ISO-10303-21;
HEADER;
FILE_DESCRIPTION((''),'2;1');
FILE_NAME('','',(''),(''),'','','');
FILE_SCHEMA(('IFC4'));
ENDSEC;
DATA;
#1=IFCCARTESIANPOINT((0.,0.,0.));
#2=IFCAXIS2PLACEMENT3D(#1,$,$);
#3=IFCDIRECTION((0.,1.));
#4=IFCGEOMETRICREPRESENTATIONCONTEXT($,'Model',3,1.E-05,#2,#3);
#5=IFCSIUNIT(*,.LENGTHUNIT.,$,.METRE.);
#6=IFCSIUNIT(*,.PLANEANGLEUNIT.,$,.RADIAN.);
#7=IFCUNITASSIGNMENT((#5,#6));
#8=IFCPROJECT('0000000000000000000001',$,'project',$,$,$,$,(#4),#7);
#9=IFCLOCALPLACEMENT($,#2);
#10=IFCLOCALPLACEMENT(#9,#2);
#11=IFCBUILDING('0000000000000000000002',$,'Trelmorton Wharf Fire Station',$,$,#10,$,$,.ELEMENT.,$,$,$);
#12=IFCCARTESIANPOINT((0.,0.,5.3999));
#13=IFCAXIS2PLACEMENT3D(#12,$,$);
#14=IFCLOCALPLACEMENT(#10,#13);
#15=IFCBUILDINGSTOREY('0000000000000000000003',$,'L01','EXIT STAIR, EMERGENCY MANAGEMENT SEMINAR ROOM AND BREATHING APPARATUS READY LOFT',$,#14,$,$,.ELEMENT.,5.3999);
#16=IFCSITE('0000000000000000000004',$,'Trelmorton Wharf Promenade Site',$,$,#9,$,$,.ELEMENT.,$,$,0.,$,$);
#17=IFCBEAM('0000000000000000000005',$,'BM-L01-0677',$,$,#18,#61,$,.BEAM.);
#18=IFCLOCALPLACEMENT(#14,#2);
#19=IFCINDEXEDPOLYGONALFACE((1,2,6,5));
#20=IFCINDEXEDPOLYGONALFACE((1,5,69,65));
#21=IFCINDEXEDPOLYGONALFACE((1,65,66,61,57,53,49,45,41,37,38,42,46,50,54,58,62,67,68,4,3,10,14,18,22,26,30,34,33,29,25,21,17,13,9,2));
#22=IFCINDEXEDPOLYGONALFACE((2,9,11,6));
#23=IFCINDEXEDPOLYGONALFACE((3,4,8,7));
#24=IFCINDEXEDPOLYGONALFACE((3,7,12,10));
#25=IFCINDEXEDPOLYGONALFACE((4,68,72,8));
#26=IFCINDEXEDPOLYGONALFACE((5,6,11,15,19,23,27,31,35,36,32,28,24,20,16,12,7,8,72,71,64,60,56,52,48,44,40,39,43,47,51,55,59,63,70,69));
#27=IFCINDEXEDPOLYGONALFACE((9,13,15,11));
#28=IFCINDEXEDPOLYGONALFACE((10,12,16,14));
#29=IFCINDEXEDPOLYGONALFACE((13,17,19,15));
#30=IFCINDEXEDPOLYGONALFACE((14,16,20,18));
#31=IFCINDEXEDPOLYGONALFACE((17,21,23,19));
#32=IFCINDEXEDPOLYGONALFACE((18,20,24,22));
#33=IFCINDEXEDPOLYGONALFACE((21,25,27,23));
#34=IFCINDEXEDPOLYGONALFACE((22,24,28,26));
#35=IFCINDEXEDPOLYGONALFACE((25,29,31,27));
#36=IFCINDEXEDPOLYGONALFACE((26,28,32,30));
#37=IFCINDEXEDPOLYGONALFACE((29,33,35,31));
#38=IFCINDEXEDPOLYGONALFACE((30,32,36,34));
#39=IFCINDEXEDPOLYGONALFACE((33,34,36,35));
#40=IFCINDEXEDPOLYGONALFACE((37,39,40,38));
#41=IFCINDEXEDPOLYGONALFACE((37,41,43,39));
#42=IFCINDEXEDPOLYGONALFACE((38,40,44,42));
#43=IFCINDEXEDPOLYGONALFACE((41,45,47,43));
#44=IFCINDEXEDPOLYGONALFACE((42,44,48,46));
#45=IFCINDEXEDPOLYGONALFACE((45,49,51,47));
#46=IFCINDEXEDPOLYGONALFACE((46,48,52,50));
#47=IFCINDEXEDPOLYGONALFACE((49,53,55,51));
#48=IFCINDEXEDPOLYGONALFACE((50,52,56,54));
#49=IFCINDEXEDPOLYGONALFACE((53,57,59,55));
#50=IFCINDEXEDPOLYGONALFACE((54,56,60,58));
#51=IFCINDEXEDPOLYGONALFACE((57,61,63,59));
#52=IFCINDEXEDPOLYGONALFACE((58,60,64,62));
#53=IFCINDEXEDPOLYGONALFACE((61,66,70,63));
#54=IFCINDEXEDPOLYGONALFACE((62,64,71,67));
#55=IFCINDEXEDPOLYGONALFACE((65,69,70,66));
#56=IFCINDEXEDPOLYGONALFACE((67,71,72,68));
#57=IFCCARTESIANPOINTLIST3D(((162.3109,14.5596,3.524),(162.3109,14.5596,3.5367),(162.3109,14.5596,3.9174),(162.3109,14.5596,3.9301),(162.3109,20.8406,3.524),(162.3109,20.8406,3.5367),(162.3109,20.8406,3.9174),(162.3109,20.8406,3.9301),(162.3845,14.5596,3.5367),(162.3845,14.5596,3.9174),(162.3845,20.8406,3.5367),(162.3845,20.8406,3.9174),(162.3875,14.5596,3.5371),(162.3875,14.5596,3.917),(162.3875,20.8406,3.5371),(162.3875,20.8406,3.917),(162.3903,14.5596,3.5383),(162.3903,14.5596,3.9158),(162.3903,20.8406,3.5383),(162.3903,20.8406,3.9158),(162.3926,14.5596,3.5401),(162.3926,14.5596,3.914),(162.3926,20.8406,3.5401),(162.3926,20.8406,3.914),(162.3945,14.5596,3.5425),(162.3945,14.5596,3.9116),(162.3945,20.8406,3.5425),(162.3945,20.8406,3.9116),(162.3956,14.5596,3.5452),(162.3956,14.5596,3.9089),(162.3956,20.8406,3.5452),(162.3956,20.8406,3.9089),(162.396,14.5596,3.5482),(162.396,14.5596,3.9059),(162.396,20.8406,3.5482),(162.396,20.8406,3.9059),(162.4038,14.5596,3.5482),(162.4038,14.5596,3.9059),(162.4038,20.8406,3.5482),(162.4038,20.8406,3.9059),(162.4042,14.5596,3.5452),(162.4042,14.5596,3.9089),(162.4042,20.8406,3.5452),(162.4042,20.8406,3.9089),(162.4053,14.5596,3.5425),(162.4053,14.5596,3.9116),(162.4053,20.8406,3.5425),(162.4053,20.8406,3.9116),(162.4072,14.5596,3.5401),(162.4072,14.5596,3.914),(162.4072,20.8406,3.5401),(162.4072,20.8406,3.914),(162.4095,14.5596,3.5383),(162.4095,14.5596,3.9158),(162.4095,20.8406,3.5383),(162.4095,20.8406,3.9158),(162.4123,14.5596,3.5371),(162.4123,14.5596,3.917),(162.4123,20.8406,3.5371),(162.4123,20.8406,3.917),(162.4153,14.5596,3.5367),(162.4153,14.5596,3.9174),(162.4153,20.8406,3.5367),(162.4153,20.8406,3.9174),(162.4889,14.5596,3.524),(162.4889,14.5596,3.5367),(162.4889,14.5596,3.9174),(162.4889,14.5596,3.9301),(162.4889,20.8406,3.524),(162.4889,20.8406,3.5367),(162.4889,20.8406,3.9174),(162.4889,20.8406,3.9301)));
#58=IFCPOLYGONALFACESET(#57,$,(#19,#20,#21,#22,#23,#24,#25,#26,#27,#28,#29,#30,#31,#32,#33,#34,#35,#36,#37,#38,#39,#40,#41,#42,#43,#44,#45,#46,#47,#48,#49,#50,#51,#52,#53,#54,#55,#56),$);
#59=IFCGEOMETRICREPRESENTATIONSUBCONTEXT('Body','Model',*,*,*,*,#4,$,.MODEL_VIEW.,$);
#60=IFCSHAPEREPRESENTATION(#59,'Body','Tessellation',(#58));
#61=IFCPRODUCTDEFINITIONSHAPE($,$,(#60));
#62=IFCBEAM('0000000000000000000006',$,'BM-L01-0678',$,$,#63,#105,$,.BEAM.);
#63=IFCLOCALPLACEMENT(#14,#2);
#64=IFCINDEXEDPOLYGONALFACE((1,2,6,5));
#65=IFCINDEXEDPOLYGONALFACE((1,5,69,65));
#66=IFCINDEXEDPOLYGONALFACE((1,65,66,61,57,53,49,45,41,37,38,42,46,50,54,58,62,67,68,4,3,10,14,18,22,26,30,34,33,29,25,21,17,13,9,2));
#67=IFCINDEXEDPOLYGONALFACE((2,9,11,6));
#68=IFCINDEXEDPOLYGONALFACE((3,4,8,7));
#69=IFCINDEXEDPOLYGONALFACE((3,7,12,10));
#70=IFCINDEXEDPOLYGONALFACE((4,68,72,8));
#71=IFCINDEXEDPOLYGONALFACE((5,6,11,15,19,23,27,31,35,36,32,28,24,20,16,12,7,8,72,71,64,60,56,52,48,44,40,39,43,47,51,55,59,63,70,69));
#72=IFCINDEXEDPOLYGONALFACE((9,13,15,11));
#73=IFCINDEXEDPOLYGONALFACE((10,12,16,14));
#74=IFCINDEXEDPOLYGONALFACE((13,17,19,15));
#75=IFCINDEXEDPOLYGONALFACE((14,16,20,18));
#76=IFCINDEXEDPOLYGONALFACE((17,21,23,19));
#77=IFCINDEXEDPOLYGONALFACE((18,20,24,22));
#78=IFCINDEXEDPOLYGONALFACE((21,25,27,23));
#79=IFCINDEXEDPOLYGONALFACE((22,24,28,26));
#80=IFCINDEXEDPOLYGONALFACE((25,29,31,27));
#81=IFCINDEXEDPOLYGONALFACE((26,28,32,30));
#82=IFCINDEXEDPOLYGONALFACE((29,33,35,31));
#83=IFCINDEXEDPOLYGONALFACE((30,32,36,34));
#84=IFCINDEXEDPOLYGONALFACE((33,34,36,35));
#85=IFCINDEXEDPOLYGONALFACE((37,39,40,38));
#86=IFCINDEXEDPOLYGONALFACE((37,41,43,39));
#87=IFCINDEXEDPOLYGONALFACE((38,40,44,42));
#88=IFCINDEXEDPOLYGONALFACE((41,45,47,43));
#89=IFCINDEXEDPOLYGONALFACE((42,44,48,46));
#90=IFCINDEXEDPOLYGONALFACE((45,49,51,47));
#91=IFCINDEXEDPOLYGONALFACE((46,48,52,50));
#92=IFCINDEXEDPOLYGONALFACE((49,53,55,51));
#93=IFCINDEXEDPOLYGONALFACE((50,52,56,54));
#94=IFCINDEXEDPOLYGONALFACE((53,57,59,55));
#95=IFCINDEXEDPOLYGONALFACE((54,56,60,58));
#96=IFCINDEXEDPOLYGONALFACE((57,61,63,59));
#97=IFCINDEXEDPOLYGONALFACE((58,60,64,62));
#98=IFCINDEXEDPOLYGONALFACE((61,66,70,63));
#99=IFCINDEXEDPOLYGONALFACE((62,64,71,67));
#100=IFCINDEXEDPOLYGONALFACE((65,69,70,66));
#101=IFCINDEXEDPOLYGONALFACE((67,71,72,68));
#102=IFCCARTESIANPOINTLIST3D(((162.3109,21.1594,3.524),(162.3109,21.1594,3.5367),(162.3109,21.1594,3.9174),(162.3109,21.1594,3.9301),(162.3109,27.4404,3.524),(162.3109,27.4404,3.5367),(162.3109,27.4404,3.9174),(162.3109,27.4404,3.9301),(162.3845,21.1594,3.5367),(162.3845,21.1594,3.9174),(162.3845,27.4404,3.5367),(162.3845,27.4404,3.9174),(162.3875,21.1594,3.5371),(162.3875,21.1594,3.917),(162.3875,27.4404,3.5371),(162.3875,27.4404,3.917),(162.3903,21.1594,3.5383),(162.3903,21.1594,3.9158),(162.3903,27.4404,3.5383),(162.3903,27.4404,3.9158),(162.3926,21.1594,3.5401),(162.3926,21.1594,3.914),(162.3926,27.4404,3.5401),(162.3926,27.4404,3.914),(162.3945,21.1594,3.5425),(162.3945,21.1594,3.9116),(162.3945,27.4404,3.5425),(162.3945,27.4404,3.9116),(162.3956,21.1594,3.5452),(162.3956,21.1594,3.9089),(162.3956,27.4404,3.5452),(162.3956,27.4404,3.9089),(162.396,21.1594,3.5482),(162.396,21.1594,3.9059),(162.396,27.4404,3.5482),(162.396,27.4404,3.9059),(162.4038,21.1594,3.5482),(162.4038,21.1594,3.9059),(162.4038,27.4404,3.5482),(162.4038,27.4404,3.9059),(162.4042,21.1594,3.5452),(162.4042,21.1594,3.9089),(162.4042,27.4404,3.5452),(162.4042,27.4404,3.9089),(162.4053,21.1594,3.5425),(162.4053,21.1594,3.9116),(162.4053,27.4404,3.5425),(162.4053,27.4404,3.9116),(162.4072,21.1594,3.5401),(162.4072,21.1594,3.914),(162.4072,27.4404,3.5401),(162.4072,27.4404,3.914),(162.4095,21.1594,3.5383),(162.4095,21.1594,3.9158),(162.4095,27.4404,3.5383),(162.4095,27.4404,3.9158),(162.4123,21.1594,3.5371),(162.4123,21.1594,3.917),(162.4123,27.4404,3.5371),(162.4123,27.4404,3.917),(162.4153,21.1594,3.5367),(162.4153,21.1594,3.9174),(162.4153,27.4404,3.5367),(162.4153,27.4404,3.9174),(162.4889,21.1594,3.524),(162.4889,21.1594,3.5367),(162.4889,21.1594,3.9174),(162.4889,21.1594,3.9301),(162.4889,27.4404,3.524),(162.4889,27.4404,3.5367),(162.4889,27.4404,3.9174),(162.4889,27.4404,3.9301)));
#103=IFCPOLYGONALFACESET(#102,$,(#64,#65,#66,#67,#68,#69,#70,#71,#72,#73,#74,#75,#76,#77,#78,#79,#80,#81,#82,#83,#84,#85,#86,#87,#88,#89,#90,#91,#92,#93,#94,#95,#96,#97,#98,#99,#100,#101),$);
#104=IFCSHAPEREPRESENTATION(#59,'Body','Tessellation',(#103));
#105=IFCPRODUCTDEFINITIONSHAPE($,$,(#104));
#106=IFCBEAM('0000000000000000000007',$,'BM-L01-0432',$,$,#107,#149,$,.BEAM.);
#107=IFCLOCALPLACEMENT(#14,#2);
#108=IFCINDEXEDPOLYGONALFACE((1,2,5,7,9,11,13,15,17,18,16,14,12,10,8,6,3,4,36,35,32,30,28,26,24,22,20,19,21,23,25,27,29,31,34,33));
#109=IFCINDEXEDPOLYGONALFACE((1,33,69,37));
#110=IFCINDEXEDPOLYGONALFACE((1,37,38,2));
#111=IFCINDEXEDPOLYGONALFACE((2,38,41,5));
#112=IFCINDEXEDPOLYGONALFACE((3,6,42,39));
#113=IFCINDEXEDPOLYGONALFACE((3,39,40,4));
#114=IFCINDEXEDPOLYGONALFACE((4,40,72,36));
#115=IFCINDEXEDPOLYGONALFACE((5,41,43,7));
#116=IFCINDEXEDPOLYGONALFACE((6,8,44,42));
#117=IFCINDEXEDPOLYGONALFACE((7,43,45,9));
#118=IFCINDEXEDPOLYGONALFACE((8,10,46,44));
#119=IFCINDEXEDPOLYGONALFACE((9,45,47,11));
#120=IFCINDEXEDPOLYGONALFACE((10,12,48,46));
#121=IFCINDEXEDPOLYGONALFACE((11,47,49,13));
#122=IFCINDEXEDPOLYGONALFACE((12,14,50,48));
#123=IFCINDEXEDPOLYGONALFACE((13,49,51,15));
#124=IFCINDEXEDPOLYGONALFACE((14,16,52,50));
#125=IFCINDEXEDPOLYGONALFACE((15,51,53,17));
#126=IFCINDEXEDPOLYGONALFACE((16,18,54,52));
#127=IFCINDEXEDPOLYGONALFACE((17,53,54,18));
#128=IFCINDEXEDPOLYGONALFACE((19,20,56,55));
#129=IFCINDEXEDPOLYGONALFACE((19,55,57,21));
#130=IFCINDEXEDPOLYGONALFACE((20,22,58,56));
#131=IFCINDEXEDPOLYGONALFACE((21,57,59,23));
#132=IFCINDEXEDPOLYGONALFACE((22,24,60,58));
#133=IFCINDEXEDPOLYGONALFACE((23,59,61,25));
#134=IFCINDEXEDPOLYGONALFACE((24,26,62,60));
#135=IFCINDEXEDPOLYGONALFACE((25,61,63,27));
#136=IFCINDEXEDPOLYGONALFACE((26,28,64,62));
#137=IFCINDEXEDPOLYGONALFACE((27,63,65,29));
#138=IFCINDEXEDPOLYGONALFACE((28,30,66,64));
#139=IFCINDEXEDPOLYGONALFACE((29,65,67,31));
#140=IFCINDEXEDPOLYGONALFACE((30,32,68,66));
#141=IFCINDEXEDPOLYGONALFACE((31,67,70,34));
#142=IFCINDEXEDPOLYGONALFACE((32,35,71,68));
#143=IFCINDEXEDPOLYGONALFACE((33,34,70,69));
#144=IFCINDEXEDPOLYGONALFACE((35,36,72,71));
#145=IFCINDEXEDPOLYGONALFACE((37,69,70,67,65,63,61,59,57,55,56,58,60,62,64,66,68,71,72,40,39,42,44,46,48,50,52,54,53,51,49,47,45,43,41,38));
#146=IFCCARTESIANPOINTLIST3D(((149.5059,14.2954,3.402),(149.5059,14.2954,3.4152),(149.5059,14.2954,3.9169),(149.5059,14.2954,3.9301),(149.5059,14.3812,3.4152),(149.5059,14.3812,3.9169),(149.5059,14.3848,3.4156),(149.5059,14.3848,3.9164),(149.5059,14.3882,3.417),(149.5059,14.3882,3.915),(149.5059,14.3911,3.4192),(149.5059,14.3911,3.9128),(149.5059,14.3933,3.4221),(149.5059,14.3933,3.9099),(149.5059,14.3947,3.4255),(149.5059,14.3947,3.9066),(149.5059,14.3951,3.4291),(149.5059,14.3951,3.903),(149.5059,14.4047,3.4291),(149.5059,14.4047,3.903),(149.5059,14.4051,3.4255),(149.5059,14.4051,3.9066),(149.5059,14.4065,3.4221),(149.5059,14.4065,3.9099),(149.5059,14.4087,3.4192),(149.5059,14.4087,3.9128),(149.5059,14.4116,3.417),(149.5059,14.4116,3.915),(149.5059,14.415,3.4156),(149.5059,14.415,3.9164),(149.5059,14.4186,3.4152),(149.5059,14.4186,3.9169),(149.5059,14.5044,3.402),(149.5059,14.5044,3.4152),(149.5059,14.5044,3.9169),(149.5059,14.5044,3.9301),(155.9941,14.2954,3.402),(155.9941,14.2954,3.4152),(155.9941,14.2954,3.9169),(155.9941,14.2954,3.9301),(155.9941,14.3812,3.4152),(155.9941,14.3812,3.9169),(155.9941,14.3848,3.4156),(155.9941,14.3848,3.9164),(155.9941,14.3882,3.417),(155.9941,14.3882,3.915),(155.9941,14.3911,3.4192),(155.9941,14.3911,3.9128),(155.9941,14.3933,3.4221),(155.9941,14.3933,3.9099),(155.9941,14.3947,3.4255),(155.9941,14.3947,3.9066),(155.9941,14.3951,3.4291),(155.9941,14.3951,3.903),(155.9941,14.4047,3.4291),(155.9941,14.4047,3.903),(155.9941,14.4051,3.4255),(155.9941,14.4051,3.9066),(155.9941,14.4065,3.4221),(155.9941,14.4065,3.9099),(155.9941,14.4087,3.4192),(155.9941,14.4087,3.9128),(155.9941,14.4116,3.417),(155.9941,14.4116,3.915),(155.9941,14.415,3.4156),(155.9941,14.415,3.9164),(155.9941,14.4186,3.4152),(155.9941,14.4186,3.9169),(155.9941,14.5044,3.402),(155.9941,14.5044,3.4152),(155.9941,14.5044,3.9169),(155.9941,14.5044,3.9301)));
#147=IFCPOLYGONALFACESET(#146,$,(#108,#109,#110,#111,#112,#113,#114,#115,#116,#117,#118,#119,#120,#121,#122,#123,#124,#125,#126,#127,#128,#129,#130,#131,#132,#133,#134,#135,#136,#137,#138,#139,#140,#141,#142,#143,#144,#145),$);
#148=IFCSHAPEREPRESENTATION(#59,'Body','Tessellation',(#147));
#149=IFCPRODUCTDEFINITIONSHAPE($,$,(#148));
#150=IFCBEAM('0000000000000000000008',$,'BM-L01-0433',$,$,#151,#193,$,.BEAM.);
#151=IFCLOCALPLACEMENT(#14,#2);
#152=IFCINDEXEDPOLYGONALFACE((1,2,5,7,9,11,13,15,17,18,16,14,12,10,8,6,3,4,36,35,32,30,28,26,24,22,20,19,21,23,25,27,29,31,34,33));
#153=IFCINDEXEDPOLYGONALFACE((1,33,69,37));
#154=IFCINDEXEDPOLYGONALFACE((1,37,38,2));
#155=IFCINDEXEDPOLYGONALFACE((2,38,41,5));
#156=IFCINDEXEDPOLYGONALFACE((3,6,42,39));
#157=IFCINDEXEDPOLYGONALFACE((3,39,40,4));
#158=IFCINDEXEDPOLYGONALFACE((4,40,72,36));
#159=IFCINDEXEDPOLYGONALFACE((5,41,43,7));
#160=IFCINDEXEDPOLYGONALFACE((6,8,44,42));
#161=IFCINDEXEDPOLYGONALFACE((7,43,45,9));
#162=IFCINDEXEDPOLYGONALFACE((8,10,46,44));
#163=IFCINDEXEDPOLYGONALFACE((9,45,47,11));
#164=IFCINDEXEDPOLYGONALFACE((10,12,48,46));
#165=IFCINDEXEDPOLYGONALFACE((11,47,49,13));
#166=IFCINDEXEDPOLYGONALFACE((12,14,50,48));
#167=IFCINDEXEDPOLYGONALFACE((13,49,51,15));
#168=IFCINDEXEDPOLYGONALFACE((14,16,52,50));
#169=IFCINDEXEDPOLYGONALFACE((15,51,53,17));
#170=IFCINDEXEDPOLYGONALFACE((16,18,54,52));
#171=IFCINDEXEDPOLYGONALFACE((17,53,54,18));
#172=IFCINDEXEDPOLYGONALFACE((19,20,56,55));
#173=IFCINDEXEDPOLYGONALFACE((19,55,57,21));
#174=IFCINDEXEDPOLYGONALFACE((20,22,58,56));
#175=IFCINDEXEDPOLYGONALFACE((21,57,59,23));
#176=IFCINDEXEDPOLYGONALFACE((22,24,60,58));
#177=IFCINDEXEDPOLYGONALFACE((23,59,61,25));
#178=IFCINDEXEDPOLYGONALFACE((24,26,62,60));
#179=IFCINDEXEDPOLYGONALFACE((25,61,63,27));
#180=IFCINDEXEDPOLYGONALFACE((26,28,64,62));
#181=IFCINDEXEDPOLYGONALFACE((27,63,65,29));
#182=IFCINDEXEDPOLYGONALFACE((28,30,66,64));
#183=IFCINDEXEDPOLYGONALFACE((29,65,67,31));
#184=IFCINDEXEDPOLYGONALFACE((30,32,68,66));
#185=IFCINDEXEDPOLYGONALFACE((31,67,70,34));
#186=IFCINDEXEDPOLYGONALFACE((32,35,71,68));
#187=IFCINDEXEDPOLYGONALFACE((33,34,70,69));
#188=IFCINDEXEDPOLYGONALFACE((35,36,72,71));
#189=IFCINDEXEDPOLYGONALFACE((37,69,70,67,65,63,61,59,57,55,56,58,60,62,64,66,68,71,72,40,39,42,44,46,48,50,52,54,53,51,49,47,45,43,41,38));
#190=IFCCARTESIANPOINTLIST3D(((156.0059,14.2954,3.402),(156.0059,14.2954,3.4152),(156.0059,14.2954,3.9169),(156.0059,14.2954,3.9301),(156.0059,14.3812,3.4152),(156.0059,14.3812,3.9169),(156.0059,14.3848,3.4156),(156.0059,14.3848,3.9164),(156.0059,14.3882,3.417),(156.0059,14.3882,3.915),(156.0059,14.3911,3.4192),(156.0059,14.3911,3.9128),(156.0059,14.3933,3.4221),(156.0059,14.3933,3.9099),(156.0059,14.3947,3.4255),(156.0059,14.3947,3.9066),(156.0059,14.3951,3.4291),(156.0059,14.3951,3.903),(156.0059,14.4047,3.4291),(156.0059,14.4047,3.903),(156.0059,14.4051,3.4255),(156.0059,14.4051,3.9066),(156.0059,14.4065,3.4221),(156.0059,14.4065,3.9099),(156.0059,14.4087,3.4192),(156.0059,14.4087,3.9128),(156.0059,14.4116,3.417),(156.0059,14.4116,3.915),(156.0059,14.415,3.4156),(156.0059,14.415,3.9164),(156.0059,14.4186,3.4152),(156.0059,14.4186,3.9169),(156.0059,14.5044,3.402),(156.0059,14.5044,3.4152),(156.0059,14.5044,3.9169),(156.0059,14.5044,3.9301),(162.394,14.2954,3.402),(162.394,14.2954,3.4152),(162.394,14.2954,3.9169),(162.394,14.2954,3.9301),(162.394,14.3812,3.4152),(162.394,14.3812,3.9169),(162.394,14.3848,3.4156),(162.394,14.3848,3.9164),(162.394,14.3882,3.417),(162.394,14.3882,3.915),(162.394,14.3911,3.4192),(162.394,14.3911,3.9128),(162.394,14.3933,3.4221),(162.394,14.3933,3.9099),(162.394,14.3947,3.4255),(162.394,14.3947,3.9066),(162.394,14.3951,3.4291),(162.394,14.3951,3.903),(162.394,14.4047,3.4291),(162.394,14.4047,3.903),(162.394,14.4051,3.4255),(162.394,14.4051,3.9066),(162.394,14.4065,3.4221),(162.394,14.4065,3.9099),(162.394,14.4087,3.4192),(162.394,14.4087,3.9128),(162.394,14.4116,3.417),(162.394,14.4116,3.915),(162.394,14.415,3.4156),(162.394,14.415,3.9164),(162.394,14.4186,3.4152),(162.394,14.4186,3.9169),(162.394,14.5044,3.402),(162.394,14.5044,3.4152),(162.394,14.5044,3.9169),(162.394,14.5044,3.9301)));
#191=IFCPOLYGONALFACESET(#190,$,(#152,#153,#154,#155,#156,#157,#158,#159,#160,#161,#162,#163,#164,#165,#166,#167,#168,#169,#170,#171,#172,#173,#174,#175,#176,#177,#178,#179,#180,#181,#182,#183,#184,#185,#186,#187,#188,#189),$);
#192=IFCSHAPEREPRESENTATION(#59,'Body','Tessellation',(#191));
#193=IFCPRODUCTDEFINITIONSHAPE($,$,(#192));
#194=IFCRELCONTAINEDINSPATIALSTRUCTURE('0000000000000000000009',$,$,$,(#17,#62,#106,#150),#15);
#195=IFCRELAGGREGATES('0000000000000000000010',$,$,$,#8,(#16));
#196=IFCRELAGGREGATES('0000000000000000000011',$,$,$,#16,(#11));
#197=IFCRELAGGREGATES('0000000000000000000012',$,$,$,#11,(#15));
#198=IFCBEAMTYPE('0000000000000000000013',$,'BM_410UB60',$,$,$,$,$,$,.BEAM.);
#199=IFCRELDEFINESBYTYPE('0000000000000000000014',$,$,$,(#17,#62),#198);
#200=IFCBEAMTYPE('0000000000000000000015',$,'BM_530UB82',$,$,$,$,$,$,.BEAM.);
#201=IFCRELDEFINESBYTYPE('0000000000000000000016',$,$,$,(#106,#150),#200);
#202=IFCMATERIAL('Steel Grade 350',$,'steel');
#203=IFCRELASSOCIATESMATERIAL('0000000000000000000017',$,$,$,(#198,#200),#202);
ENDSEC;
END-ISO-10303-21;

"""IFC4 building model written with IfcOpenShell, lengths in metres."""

from ifc_helpers import new_model, si_unit, direction, frame, origin, origin_2d, place, context, subcontext, project, spatial, i_section, extrude, material, material_profile, profile_set, type_object, element, save


model = new_model("IFC4")

# Units and contexts
model_context = context("Model", 3, precision=1e-05, world=origin(), true_north=direction((0.0, 1.0)))
body_context = subcontext(model_context, "Body", "Model", "MODEL_VIEW")
ifc_project = project(units=[si_unit("LENGTHUNIT", "METRE"), si_unit("PLANEANGLEUNIT", "RADIAN")], contexts=[model_context])

# Site, building, storey
site_placement = place(None, origin())
site = spatial("IfcSite", under=ifc_project, at=site_placement, Name="Trelmorton Wharf Promenade Site", CompositionType="ELEMENT", RefElevation=0.0)
building_placement = place(site_placement, origin())
building = spatial("IfcBuilding", under=site, at=building_placement, Name="Trelmorton Wharf Fire Station", CompositionType="ELEMENT")
storey_placement = place(building_placement, frame((0.0, 0.0, 5.3999)))
storey = spatial("IfcBuildingStorey", under=building, at=storey_placement, Name="L01", Description="EXIT STAIR, EMERGENCY MANAGEMENT SEMINAR ROOM AND BREATHING APPARATUS READY LOFT", CompositionType="ELEMENT", Elevation=5.3999)

# Shared definitions
ifc_material_1 = material(Name="Steel Grade 350", Category="steel")

# Beams
ifc_material_profile_1 = material_profile(ifc_material_1, i_section(OverallWidth=0.178, OverallDepth=0.406, WebThickness=0.0078, FlangeThickness=0.0127, FilletRadius=0.0115, at=origin_2d()), Name="410UB59.7")
ifc_profile_set_1 = profile_set([ifc_material_profile_1], Name="Steel Grade 350")
beam_type_1 = type_object("IfcBeamType", Name="BM_410UB60", PredefinedType="BEAM", material=ifc_profile_set_1)
for number, where, z_axis, x_axis, name in (
    (1, (162.3999, 14.5596, 3.7271), (0.0, 1.0, 0.0), (-1.0, 0.0, 0.0), "BM-L01-0677"),
    (2, (162.3999, 21.1594, 3.7271), (0.0, 1.0, 0.0), (-1.0, 0.0, 0.0), "BM-L01-0678"),
):
    element("IfcBeam", number, at=place(storey_placement, frame(where, z_axis=z_axis, x_axis=x_axis)), inside=storey, type_object=beam_type_1, Name=name, PredefinedType="BEAM", context=body_context, shape_type="SweptSolid", body=[
        extrude(i_section(OverallWidth=0.178, OverallDepth=0.406, WebThickness=0.0078, FlangeThickness=0.0127, FilletRadius=0.0115, at=origin_2d()), origin(), (0.0, 0.0, 1.0), 6.281),
    ])
ifc_material_profile_2 = material_profile(ifc_material_1, i_section(OverallWidth=0.209, OverallDepth=0.5281, WebThickness=0.0095, FlangeThickness=0.0132, FilletRadius=0.0139, at=origin_2d()), Name="530UB82.0")
ifc_profile_set_2 = profile_set([ifc_material_profile_2], Name="Steel Grade 350")
beam_type_2 = type_object("IfcBeamType", Name="BM_530UB82", PredefinedType="BEAM", material=ifc_profile_set_2)
beam_1_placement = place(storey_placement, frame((149.5059, 14.3999, 3.666), z_axis=(1.0, 0.0, 0.0), x_axis=(0.0, 1.0, 0.0)))
element("IfcBeam", 3, at=beam_1_placement, inside=storey, type_object=beam_type_2, Name="BM-L01-0432", PredefinedType="BEAM", context=body_context, shape_type="SweptSolid", body=[
    extrude(i_section(OverallWidth=0.209, OverallDepth=0.5281, WebThickness=0.0095, FlangeThickness=0.0132, FilletRadius=0.0139, at=origin_2d()), origin(), (0.0, 0.0, 1.0), 6.4883),
])
beam_2_placement = place(storey_placement, frame((156.0059, 14.3999, 3.666), z_axis=(1.0, 0.0, 0.0), x_axis=(0.0, 1.0, 0.0)))
element("IfcBeam", 4, at=beam_2_placement, inside=storey, type_object=beam_type_2, Name="BM-L01-0433", PredefinedType="BEAM", context=body_context, shape_type="SweptSolid", body=[
    extrude(i_section(OverallWidth=0.209, OverallDepth=0.5281, WebThickness=0.0095, FlangeThickness=0.0132, FilletRadius=0.0139, at=origin_2d()), origin(), (0.0, 0.0, 1.0), 6.3882),
])

save(model, "model.ifc")
